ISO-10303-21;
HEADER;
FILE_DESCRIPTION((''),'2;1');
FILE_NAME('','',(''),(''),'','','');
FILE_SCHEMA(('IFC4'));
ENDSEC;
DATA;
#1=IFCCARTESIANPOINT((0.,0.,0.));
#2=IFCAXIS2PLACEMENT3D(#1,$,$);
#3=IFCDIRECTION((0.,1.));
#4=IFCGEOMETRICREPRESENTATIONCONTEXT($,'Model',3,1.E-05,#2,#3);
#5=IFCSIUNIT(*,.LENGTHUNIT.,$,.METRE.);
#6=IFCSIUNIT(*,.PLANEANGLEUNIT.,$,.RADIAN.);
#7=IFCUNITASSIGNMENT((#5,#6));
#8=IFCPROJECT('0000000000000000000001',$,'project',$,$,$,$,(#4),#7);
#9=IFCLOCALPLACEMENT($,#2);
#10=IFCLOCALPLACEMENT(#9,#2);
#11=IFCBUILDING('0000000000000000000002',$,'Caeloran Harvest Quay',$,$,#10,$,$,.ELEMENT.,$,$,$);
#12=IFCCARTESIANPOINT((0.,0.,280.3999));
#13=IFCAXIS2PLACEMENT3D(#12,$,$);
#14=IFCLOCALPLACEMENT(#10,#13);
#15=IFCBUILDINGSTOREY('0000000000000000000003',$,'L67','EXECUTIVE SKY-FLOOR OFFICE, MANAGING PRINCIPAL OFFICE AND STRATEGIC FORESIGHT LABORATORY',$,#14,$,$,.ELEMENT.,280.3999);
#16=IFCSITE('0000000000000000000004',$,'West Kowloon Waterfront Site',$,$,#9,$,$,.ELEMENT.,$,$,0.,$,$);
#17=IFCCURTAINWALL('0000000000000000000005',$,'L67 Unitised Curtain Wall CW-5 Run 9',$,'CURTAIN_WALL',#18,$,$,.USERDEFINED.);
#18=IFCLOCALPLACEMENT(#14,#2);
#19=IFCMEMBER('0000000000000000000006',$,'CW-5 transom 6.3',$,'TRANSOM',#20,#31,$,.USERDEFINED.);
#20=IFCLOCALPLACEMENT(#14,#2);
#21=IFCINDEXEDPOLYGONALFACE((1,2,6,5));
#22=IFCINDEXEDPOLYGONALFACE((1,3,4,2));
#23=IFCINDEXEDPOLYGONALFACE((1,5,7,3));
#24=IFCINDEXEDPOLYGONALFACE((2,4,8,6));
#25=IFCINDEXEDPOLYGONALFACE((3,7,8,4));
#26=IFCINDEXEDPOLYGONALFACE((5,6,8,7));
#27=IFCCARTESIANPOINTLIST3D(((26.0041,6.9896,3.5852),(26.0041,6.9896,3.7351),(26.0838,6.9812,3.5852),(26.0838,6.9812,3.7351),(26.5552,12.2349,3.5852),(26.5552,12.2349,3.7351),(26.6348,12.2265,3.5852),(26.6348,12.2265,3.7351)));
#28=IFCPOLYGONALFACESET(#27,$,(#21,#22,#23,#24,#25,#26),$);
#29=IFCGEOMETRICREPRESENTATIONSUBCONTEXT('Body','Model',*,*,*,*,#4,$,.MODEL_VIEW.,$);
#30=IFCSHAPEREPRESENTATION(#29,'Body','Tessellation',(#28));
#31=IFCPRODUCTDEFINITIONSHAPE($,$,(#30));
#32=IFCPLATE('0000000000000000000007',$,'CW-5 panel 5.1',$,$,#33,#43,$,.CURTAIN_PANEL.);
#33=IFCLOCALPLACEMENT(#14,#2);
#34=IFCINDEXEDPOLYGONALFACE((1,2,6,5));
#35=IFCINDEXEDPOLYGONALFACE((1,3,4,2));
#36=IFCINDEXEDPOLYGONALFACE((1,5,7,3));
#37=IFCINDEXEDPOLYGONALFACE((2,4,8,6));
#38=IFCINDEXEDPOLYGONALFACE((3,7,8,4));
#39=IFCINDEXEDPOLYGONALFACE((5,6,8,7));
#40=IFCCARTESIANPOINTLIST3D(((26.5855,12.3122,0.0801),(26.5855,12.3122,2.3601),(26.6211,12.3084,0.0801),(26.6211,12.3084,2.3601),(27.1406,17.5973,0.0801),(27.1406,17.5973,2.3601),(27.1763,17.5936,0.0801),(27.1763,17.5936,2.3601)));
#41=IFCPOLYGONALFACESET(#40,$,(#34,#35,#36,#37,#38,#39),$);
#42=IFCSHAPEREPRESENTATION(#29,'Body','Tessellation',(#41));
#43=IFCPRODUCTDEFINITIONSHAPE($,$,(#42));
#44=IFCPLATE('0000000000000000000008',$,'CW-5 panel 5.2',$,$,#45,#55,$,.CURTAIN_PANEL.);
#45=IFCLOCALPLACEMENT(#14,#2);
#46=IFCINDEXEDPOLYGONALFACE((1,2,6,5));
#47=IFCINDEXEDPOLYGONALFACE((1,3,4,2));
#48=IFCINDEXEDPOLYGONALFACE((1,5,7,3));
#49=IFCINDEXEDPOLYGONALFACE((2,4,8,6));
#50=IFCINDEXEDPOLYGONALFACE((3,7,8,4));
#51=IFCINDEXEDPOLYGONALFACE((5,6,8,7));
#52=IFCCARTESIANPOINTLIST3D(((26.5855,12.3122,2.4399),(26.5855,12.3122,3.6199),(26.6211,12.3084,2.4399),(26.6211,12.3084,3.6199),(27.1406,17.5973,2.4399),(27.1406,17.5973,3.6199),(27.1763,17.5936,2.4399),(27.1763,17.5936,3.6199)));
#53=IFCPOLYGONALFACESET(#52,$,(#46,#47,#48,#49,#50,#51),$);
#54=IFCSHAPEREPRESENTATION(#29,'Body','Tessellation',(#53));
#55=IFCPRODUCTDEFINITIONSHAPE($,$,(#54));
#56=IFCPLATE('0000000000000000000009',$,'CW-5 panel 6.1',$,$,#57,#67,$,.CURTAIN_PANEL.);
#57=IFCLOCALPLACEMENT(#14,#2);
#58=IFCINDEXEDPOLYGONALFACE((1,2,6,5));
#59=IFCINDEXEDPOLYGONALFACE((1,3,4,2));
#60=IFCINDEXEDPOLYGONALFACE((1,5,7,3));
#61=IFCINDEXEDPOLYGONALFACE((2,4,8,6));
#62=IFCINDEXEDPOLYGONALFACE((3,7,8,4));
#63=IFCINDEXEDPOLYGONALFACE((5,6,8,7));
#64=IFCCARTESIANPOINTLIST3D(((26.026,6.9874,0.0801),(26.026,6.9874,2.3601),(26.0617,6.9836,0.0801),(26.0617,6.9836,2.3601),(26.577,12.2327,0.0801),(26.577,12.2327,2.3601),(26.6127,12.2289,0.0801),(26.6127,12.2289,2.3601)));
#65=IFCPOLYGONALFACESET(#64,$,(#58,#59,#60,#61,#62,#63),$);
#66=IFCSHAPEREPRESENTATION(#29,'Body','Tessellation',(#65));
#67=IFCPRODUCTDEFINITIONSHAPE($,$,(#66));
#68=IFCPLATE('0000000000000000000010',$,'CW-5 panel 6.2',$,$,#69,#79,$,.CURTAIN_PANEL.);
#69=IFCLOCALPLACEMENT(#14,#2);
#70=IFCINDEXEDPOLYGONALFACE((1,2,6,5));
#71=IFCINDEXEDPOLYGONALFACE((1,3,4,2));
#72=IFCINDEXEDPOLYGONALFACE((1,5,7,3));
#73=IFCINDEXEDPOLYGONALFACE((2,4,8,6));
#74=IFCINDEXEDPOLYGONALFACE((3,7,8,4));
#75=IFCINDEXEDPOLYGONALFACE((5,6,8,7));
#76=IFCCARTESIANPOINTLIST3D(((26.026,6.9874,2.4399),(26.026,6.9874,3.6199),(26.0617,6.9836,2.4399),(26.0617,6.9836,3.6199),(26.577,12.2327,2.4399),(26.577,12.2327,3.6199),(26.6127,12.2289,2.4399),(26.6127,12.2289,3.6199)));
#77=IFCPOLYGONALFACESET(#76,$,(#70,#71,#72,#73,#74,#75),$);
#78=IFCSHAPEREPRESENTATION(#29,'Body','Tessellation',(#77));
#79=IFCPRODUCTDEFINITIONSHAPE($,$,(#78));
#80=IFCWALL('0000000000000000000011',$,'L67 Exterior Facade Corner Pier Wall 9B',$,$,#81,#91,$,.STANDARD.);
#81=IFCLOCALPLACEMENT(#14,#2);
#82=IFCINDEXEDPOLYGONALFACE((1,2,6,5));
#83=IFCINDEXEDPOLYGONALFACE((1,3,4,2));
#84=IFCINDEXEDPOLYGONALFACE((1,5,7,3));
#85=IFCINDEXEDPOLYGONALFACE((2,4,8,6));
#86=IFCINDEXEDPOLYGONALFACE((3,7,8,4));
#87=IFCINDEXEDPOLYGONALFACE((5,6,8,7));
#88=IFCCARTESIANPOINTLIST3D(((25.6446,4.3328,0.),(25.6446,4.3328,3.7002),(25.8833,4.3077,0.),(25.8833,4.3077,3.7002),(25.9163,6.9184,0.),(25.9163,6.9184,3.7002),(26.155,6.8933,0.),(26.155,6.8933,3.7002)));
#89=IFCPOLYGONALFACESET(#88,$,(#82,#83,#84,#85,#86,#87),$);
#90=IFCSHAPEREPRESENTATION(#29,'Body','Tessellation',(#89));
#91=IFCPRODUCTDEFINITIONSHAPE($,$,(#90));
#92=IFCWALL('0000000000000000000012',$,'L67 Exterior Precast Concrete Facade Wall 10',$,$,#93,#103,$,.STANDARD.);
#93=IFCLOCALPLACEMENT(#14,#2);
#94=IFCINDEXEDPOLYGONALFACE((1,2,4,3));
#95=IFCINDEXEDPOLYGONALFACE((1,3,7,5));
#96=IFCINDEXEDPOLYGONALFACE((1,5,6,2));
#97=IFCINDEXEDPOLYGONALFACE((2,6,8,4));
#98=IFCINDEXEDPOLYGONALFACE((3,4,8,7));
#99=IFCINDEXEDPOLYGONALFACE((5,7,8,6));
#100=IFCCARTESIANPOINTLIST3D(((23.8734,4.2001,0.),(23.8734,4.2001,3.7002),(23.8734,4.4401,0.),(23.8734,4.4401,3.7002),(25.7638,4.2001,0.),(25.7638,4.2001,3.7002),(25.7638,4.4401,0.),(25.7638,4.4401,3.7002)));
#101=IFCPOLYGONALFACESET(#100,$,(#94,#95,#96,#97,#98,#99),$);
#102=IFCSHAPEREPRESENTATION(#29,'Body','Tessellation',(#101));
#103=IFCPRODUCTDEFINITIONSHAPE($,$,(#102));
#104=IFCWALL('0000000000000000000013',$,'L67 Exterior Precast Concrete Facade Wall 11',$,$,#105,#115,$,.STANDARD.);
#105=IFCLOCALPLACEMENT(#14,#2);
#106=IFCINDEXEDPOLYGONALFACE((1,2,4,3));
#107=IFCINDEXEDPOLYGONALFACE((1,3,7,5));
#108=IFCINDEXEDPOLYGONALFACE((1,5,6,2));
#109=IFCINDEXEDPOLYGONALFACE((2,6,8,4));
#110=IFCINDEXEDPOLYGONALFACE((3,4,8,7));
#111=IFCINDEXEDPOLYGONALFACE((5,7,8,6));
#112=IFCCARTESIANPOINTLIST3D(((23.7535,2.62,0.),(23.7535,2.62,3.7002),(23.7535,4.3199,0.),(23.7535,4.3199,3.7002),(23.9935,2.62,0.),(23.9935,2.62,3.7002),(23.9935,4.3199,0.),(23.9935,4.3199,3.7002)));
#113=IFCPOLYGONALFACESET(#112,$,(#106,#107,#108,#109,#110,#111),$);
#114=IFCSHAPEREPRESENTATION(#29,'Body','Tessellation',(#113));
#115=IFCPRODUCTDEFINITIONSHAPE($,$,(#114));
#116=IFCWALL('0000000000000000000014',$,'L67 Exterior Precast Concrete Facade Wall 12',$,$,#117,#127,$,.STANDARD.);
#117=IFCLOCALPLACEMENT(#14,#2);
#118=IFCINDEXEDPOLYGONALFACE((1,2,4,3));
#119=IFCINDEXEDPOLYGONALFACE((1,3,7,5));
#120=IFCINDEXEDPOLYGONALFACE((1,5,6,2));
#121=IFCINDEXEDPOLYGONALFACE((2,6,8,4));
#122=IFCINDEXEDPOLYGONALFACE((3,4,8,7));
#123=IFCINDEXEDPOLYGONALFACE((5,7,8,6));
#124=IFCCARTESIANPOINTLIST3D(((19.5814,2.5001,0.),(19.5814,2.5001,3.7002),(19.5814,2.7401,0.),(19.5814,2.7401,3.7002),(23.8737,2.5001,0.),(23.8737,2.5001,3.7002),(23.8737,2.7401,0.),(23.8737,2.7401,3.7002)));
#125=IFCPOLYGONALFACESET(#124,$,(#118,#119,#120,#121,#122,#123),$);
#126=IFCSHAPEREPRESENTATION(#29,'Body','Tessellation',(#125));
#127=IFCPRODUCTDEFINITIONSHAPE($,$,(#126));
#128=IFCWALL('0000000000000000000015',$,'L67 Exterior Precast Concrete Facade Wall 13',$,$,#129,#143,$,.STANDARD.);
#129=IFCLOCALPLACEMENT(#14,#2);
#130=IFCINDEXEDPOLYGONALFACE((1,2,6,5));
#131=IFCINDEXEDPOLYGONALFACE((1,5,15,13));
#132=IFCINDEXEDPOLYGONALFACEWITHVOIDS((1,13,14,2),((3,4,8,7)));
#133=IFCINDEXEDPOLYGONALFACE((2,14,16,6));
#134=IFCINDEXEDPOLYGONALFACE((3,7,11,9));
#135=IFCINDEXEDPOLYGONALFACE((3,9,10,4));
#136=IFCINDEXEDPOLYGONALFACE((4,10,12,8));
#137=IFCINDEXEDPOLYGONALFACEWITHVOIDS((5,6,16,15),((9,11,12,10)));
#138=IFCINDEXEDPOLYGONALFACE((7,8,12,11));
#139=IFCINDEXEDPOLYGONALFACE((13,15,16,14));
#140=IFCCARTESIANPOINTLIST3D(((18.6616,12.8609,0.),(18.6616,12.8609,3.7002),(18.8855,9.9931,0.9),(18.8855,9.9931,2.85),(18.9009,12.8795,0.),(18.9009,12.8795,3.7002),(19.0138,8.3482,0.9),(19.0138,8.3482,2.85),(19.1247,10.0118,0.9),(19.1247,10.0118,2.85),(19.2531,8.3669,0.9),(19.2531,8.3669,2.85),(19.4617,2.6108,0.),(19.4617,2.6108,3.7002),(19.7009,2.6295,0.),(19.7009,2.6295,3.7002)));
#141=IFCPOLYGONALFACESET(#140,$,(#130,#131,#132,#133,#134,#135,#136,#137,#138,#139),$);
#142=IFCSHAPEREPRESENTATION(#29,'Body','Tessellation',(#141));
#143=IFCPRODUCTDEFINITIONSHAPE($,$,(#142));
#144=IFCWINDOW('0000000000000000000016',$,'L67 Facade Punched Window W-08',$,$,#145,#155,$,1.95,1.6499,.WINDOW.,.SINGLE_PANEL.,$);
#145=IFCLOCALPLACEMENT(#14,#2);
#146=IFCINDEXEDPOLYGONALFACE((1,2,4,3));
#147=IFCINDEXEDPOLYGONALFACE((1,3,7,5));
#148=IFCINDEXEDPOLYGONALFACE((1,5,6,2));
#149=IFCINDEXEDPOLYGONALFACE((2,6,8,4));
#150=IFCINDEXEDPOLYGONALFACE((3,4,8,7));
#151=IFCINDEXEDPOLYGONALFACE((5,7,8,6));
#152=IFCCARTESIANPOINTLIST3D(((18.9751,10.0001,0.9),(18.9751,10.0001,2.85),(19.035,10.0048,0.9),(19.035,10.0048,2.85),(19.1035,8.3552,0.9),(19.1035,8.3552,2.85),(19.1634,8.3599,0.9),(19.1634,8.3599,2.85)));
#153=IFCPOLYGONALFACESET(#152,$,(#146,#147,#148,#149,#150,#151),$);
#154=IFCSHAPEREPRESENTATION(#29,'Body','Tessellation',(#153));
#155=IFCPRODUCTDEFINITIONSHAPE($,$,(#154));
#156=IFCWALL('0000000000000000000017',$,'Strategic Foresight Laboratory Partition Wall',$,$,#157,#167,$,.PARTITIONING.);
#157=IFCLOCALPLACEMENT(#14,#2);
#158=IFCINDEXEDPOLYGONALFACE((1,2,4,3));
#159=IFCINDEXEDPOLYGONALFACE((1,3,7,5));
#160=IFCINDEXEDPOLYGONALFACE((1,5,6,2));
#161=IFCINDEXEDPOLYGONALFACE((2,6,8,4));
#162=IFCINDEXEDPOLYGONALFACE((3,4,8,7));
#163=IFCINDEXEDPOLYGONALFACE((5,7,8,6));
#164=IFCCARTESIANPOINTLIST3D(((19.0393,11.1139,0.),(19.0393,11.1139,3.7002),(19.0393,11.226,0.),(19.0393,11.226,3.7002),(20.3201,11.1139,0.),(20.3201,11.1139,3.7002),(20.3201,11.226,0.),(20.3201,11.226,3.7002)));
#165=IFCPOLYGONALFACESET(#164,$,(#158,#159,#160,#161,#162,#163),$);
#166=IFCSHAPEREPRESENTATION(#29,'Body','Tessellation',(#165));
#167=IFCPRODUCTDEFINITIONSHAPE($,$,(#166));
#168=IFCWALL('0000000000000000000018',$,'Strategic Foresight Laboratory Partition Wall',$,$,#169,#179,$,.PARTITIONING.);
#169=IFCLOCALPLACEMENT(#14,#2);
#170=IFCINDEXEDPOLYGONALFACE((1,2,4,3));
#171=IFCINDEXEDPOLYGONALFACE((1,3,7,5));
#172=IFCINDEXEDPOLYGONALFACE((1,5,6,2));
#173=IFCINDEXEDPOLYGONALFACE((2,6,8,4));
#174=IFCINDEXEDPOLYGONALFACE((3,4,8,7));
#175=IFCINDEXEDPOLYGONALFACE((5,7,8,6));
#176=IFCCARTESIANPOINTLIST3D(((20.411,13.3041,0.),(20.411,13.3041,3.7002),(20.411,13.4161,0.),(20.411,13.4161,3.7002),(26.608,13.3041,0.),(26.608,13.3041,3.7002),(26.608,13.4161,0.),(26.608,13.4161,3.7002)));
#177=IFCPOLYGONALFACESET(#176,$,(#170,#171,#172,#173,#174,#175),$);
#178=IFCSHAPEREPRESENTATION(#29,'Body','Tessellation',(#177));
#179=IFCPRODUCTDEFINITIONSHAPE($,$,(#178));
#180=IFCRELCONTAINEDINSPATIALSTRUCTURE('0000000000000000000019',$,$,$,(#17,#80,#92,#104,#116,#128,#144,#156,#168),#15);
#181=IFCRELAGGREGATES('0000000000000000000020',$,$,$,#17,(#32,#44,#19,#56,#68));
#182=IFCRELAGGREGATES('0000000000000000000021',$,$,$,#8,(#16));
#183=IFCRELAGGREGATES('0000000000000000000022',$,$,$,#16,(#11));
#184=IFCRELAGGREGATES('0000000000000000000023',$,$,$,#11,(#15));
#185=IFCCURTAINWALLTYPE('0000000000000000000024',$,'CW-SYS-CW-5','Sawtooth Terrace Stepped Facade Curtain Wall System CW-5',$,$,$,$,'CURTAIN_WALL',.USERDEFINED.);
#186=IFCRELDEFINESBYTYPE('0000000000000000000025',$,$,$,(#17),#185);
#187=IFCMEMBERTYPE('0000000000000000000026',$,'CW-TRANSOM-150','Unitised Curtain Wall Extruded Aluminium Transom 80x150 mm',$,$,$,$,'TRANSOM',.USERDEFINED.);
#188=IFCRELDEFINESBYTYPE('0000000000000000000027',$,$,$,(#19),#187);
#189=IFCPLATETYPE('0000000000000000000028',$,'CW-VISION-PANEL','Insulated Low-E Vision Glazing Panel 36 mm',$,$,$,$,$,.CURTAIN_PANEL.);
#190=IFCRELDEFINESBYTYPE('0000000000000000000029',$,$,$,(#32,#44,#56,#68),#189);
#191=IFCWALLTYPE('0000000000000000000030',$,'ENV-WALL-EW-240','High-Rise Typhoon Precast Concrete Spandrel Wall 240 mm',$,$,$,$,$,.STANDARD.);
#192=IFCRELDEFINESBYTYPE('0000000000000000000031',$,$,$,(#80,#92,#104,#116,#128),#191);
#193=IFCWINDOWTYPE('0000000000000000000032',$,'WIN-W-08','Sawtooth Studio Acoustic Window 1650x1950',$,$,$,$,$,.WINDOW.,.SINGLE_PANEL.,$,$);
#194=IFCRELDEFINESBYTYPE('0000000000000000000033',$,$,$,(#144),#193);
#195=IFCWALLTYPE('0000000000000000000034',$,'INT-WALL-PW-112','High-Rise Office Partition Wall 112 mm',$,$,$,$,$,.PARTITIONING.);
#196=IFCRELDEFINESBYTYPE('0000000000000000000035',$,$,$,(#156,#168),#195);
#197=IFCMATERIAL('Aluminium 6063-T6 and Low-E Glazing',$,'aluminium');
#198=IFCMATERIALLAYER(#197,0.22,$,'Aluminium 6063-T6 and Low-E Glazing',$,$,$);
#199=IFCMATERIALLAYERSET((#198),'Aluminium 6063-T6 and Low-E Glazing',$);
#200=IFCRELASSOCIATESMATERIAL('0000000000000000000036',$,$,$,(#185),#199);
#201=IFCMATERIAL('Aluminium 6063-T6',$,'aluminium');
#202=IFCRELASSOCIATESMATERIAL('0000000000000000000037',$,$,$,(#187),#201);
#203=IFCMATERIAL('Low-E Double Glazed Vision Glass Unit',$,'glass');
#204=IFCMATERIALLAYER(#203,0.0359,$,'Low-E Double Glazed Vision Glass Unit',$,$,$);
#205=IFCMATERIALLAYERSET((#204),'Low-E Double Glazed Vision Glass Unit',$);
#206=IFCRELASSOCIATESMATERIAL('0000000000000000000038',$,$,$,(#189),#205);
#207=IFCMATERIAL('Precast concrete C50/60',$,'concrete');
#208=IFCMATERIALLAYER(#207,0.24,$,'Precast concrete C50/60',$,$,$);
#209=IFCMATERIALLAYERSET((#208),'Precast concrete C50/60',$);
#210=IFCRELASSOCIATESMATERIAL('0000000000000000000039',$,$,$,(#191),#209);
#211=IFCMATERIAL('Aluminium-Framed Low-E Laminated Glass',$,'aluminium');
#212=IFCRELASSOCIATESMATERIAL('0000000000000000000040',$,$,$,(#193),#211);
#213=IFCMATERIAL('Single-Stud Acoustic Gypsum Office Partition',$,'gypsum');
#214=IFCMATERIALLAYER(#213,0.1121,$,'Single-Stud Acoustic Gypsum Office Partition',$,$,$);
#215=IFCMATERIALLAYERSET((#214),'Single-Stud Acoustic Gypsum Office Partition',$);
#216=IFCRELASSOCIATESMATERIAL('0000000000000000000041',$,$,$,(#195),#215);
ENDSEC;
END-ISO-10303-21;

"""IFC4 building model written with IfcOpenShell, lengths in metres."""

from ifc_helpers import new_model, si_unit, direction, frame, frame_2d, origin, origin_2d, place, context, subcontext, project, spatial, rectangle, extrude, material, layer, layer_set, material_profile, profile_set, type_object, element, fill, aggregate, save


model = new_model("IFC4")

# Units and contexts
model_context = context("Model", 3, precision=1e-05, world=origin(), true_north=direction((0.0, 1.0)))
body_context = subcontext(model_context, "Body", "Model", "MODEL_VIEW")
ifc_project = project(units=[si_unit("LENGTHUNIT", "METRE"), si_unit("PLANEANGLEUNIT", "RADIAN")], contexts=[model_context])

# Site, building, storey
site_placement = place(None, origin())
site = spatial("IfcSite", under=ifc_project, at=site_placement, Name="West Kowloon Waterfront Site", CompositionType="ELEMENT", RefElevation=0.0)
building_placement = place(site_placement, origin())
building = spatial("IfcBuilding", under=site, at=building_placement, Name="Caeloran Harvest Quay", CompositionType="ELEMENT")
storey_placement = place(building_placement, frame((0.0, 0.0, 280.3999)))
storey = spatial("IfcBuildingStorey", under=building, at=storey_placement, Name="L67", Description="EXECUTIVE SKY-FLOOR OFFICE, MANAGING PRINCIPAL OFFICE AND STRATEGIC FORESIGHT LABORATORY", CompositionType="ELEMENT", Elevation=280.3999)

# Curtain wall, member, plates
ifc_material_1 = material(Name="Aluminium 6063-T6 and Low-E Glazing", Category="aluminium")
ifc_layer_1 = layer(ifc_material_1, 0.22, Name="Aluminium 6063-T6 and Low-E Glazing")
ifc_layer_set_1 = layer_set([ifc_layer_1], Name="Aluminium 6063-T6 and Low-E Glazing")
curtain_wall_type = type_object("IfcCurtainWallType", Name="CW-SYS-CW-5", Description="Sawtooth Terrace Stepped Facade Curtain Wall System CW-5", ElementType="CURTAIN_WALL", PredefinedType="USERDEFINED", material=ifc_layer_set_1)
curtain_wall_placement = place(storey_placement, origin())
curtain_wall = element("IfcCurtainWall", 1, at=curtain_wall_placement, inside=storey, type_object=curtain_wall_type, Name="L67 Unitised Curtain Wall CW-5 Run 9", ObjectType="CURTAIN_WALL", PredefinedType="USERDEFINED")
ifc_material_2 = material(Name="Aluminium 6063-T6", Category="aluminium")
ifc_material_profile_1 = material_profile(ifc_material_2, rectangle(XDim=0.0801, YDim=0.1499, at=origin_2d()), Name="CW-TRANSOM-150")
ifc_profile_set_1 = profile_set([ifc_material_profile_1], Name="Aluminium 6063-T6")
member_type_1 = type_object("IfcMemberType", Name="CW-TRANSOM-150", Description="Unitised Curtain Wall Extruded Aluminium Transom 80x150 mm", ElementType="TRANSOM", PredefinedType="USERDEFINED", material=ifc_profile_set_1)
member_1_placement = place(storey_placement, frame((26.595, 12.2307, 3.6602), z_axis=(-0.104475, -0.994527, 0.0), x_axis=(0.994527, -0.104475, 0.0)))
member_1 = element("IfcMember", 2, at=member_1_placement, type_object=member_type_1, Name="CW-5 transom 6.3", ObjectType="TRANSOM", PredefinedType="USERDEFINED", context=body_context, shape_type="SweptSolid", body=[
    extrude(rectangle(XDim=0.0801, YDim=0.1499, at=origin_2d()), origin(), (0.0, 0.0, 1.0), 5.2742),
])
ifc_material_3 = material(Name="Low-E Double Glazed Vision Glass Unit", Category="glass")
ifc_layer_2 = layer(ifc_material_3, 0.0359, Name="Low-E Double Glazed Vision Glass Unit")
ifc_layer_set_2 = layer_set([ifc_layer_2], Name="Low-E Double Glazed Vision Glass Unit")
plate_type = type_object("IfcPlateType", Name="CW-VISION-PANEL", Description="Insulated Low-E Vision Glazing Panel 36 mm", PredefinedType="CURTAIN_PANEL", material=ifc_layer_set_2)
plate_1_placement = place(storey_placement, frame((26.8809, 14.9529, 0.0801), z_axis=(0.0, 0.0, 1.0), x_axis=(-0.10446, -0.994529, 0.0)))
plate_1 = element("IfcPlate", 3, at=plate_1_placement, type_object=plate_type, Name="CW-5 panel 5.1", PredefinedType="CURTAIN_PANEL", context=body_context, shape_type="SweptSolid", body=[
    extrude(rectangle(XDim=5.3142, YDim=0.0359, at=origin_2d()), origin(), (0.0, 0.0, 1.0), 2.28),
])
plate_2_placement = place(storey_placement, frame((26.8809, 14.9529, 2.4399), z_axis=(0.0, 0.0, 1.0), x_axis=(-0.10446, -0.994529, 0.0)))
plate_2 = element("IfcPlate", 4, at=plate_2_placement, type_object=plate_type, Name="CW-5 panel 5.2", PredefinedType="CURTAIN_PANEL", context=body_context, shape_type="SweptSolid", body=[
    extrude(rectangle(XDim=5.3142, YDim=0.0359, at=origin_2d()), origin(), (0.0, 0.0, 1.0), 1.1799),
])
plate_3_placement = place(storey_placement, frame((26.3193, 9.6082, 0.0801), z_axis=(0.0, 0.0, 1.0), x_axis=(-0.10446, -0.994529, 0.0)))
plate_3 = element("IfcPlate", 5, at=plate_3_placement, type_object=plate_type, Name="CW-5 panel 6.1", PredefinedType="CURTAIN_PANEL", context=body_context, shape_type="SweptSolid", body=[
    extrude(rectangle(XDim=5.2742, YDim=0.0359, at=origin_2d()), origin(), (0.0, 0.0, 1.0), 2.28),
])
plate_4_placement = place(storey_placement, frame((26.3193, 9.6082, 2.4399), z_axis=(0.0, 0.0, 1.0), x_axis=(-0.10446, -0.994529, 0.0)))
plate_4 = element("IfcPlate", 6, at=plate_4_placement, type_object=plate_type, Name="CW-5 panel 6.2", PredefinedType="CURTAIN_PANEL", context=body_context, shape_type="SweptSolid", body=[
    extrude(rectangle(XDim=5.2742, YDim=0.0359, at=origin_2d()), origin(), (0.0, 0.0, 1.0), 1.1799),
])
aggregate(curtain_wall, [plate_1, plate_2, member_1, plate_3, plate_4])

# Walls
ifc_material_4 = material(Name="Precast concrete C50/60", Category="concrete")
ifc_layer_3 = layer(ifc_material_4, 0.24, Name="Precast concrete C50/60")
ifc_layer_set_3 = layer_set([ifc_layer_3], Name="Precast concrete C50/60")
wall_type_1 = type_object("IfcWallType", Name="ENV-WALL-EW-240", Description="High-Rise Typhoon Precast Concrete Spandrel Wall 240 mm", PredefinedType="STANDARD", material=ifc_layer_set_3)
wall_1_placement = place(storey_placement, frame((26.0356, 6.9058, 0.0), z_axis=(0.0, 0.0, 1.0), x_axis=(-0.104514, -0.994523, 0.0)))
element("IfcWall", 7, at=wall_1_placement, inside=storey, type_object=wall_type_1, Name="L67 Exterior Facade Corner Pier Wall 9B", PredefinedType="STANDARD", context=body_context, shape_type="SweptSolid", body=[
    extrude(rectangle(XDim=2.5999, YDim=0.24, at=frame_2d((1.2998, 0.0))), origin(), (0.0, 0.0, 1.0), 3.7002),
])
wall_2_placement = place(storey_placement, frame((25.7639, 4.3201, 0.0), z_axis=(0.0, 0.0, 1.0), x_axis=(-1.0, 0.0, 0.0)))
element("IfcWall", 8, at=wall_2_placement, inside=storey, type_object=wall_type_1, Name="L67 Exterior Precast Concrete Facade Wall 10", PredefinedType="STANDARD", context=body_context, shape_type="SweptSolid", body=[
    extrude(rectangle(XDim=1.8904, YDim=0.24, at=frame_2d((0.9453, 0.0))), origin(), (0.0, 0.0, 1.0), 3.7002),
])
wall_3_placement = place(storey_placement, frame((23.8735, 4.3201, 0.0), z_axis=(0.0, 0.0, 1.0), x_axis=(0.0, -1.0, 0.0)))
element("IfcWall", 9, at=wall_3_placement, inside=storey, type_object=wall_type_1, Name="L67 Exterior Precast Concrete Facade Wall 11", PredefinedType="STANDARD", context=body_context, shape_type="SweptSolid", body=[
    extrude(rectangle(XDim=1.7, YDim=0.24, at=frame_2d((0.8501, 0.0))), origin(), (0.0, 0.0, 1.0), 3.7002),
])
wall_4_placement = place(storey_placement, frame((23.8735, 2.6201, 0.0), z_axis=(0.0, 0.0, 1.0), x_axis=(-1.0, 0.0, 0.0)))
element("IfcWall", 10, at=wall_4_placement, inside=storey, type_object=wall_type_1, Name="L67 Exterior Precast Concrete Facade Wall 12", PredefinedType="STANDARD", context=body_context, shape_type="SweptSolid", body=[
    extrude(rectangle(XDim=4.2922, YDim=0.24, at=frame_2d((2.146, 0.0))), origin(), (0.0, 0.0, 1.0), 3.7002),
])

# Wall, opening, window
wall_5_placement = place(storey_placement, frame((19.5813, 2.6201, 0.0), z_axis=(0.0, 0.0, 1.0), x_axis=(-0.077817, 0.996968, 0.0)))
wall_5 = element("IfcWall", 11, at=wall_5_placement, inside=storey, type_object=wall_type_1, Name="L67 Exterior Precast Concrete Facade Wall 13", PredefinedType="STANDARD", context=body_context, shape_type="SweptSolid", body=[
    extrude(rectangle(XDim=10.2812, YDim=0.24, at=frame_2d((5.1406, 0.0))), origin(), (0.0, 0.0, 1.0), 3.7002),
])
opening_1_placement = place(wall_5_placement, frame((5.7549, 0.0, 0.8999)))
opening_1 = element("IfcOpeningElement", 12, at=opening_1_placement, cuts=wall_5, PredefinedType="OPENING", context=body_context, shape_type="SweptSolid", body=[
    extrude(rectangle(XDim=1.6499, YDim=1.95, at=frame_2d((0.825, 0.9751))), frame((0.0, 0.1299, 0.0), z_axis=(0.0, -1.0, 0.0), x_axis=(1.0, 0.0, 0.0)), (0.0, 0.0, 1.0), 0.26),
])
ifc_material_5 = material(Name="Aluminium-Framed Low-E Laminated Glass", Category="aluminium")
window_type = type_object("IfcWindowType", Name="WIN-W-08", Description="Sawtooth Studio Acoustic Window 1650x1950", PartitioningType="SINGLE_PANEL", PredefinedType="WINDOW", material=ifc_material_5)
window_placement = place(opening_1_placement, origin())
window = element("IfcWindow", 13, at=window_placement, inside=storey, type_object=window_type, Name="L67 Facade Punched Window W-08", OverallHeight=1.95, OverallWidth=1.6499, PartitioningType="SINGLE_PANEL", PredefinedType="WINDOW", context=body_context, shape_type="SweptSolid", body=[
    extrude(rectangle(XDim=1.6499, YDim=1.95, at=frame_2d((0.825, 0.9751))), frame((0.0, 0.03, 0.0), z_axis=(0.0, -1.0, 0.0), x_axis=(1.0, 0.0, 0.0)), (0.0, 0.0, 1.0), 0.0601),
])
fill(opening_1, window)

# Wall
ifc_material_6 = material(Name="Single-Stud Acoustic Gypsum Office Partition", Category="gypsum")
ifc_layer_4 = layer(ifc_material_6, 0.1121, Name="Single-Stud Acoustic Gypsum Office Partition")
ifc_layer_set_4 = layer_set([ifc_layer_4], Name="Single-Stud Acoustic Gypsum Office Partition")
wall_type_2 = type_object("IfcWallType", Name="INT-WALL-PW-112", Description="High-Rise Office Partition Wall 112 mm", PredefinedType="PARTITIONING", material=ifc_layer_set_4)
wall_6_placement = place(storey_placement, frame((19.0393, 11.1699, 0.0), z_axis=(0.0, 0.0, 1.0), x_axis=(1.0, 0.0, 0.0)))
element("IfcWall", 14, at=wall_6_placement, inside=storey, type_object=wall_type_2, Name="Strategic Foresight Laboratory Partition Wall", PredefinedType="PARTITIONING", context=body_context, shape_type="SweptSolid", body=[
    extrude(rectangle(XDim=1.2808, YDim=0.1121, at=frame_2d((0.6404, 0.0))), origin(), (0.0, 0.0, 1.0), 3.7002),
])

# Wall
wall_7_placement = place(storey_placement, frame((20.4109, 13.3601, 0.0), z_axis=(0.0, 0.0, 1.0), x_axis=(1.0, 0.0, 0.0)))
element("IfcWall", 15, at=wall_7_placement, inside=storey, type_object=wall_type_2, Name="Strategic Foresight Laboratory Partition Wall", PredefinedType="PARTITIONING", context=body_context, shape_type="SweptSolid", body=[
    extrude(rectangle(XDim=6.197, YDim=0.1121, at=frame_2d((3.0986, 0.0))), origin(), (0.0, 0.0, 1.0), 3.7002),
])

save(model, "model.ifc")
